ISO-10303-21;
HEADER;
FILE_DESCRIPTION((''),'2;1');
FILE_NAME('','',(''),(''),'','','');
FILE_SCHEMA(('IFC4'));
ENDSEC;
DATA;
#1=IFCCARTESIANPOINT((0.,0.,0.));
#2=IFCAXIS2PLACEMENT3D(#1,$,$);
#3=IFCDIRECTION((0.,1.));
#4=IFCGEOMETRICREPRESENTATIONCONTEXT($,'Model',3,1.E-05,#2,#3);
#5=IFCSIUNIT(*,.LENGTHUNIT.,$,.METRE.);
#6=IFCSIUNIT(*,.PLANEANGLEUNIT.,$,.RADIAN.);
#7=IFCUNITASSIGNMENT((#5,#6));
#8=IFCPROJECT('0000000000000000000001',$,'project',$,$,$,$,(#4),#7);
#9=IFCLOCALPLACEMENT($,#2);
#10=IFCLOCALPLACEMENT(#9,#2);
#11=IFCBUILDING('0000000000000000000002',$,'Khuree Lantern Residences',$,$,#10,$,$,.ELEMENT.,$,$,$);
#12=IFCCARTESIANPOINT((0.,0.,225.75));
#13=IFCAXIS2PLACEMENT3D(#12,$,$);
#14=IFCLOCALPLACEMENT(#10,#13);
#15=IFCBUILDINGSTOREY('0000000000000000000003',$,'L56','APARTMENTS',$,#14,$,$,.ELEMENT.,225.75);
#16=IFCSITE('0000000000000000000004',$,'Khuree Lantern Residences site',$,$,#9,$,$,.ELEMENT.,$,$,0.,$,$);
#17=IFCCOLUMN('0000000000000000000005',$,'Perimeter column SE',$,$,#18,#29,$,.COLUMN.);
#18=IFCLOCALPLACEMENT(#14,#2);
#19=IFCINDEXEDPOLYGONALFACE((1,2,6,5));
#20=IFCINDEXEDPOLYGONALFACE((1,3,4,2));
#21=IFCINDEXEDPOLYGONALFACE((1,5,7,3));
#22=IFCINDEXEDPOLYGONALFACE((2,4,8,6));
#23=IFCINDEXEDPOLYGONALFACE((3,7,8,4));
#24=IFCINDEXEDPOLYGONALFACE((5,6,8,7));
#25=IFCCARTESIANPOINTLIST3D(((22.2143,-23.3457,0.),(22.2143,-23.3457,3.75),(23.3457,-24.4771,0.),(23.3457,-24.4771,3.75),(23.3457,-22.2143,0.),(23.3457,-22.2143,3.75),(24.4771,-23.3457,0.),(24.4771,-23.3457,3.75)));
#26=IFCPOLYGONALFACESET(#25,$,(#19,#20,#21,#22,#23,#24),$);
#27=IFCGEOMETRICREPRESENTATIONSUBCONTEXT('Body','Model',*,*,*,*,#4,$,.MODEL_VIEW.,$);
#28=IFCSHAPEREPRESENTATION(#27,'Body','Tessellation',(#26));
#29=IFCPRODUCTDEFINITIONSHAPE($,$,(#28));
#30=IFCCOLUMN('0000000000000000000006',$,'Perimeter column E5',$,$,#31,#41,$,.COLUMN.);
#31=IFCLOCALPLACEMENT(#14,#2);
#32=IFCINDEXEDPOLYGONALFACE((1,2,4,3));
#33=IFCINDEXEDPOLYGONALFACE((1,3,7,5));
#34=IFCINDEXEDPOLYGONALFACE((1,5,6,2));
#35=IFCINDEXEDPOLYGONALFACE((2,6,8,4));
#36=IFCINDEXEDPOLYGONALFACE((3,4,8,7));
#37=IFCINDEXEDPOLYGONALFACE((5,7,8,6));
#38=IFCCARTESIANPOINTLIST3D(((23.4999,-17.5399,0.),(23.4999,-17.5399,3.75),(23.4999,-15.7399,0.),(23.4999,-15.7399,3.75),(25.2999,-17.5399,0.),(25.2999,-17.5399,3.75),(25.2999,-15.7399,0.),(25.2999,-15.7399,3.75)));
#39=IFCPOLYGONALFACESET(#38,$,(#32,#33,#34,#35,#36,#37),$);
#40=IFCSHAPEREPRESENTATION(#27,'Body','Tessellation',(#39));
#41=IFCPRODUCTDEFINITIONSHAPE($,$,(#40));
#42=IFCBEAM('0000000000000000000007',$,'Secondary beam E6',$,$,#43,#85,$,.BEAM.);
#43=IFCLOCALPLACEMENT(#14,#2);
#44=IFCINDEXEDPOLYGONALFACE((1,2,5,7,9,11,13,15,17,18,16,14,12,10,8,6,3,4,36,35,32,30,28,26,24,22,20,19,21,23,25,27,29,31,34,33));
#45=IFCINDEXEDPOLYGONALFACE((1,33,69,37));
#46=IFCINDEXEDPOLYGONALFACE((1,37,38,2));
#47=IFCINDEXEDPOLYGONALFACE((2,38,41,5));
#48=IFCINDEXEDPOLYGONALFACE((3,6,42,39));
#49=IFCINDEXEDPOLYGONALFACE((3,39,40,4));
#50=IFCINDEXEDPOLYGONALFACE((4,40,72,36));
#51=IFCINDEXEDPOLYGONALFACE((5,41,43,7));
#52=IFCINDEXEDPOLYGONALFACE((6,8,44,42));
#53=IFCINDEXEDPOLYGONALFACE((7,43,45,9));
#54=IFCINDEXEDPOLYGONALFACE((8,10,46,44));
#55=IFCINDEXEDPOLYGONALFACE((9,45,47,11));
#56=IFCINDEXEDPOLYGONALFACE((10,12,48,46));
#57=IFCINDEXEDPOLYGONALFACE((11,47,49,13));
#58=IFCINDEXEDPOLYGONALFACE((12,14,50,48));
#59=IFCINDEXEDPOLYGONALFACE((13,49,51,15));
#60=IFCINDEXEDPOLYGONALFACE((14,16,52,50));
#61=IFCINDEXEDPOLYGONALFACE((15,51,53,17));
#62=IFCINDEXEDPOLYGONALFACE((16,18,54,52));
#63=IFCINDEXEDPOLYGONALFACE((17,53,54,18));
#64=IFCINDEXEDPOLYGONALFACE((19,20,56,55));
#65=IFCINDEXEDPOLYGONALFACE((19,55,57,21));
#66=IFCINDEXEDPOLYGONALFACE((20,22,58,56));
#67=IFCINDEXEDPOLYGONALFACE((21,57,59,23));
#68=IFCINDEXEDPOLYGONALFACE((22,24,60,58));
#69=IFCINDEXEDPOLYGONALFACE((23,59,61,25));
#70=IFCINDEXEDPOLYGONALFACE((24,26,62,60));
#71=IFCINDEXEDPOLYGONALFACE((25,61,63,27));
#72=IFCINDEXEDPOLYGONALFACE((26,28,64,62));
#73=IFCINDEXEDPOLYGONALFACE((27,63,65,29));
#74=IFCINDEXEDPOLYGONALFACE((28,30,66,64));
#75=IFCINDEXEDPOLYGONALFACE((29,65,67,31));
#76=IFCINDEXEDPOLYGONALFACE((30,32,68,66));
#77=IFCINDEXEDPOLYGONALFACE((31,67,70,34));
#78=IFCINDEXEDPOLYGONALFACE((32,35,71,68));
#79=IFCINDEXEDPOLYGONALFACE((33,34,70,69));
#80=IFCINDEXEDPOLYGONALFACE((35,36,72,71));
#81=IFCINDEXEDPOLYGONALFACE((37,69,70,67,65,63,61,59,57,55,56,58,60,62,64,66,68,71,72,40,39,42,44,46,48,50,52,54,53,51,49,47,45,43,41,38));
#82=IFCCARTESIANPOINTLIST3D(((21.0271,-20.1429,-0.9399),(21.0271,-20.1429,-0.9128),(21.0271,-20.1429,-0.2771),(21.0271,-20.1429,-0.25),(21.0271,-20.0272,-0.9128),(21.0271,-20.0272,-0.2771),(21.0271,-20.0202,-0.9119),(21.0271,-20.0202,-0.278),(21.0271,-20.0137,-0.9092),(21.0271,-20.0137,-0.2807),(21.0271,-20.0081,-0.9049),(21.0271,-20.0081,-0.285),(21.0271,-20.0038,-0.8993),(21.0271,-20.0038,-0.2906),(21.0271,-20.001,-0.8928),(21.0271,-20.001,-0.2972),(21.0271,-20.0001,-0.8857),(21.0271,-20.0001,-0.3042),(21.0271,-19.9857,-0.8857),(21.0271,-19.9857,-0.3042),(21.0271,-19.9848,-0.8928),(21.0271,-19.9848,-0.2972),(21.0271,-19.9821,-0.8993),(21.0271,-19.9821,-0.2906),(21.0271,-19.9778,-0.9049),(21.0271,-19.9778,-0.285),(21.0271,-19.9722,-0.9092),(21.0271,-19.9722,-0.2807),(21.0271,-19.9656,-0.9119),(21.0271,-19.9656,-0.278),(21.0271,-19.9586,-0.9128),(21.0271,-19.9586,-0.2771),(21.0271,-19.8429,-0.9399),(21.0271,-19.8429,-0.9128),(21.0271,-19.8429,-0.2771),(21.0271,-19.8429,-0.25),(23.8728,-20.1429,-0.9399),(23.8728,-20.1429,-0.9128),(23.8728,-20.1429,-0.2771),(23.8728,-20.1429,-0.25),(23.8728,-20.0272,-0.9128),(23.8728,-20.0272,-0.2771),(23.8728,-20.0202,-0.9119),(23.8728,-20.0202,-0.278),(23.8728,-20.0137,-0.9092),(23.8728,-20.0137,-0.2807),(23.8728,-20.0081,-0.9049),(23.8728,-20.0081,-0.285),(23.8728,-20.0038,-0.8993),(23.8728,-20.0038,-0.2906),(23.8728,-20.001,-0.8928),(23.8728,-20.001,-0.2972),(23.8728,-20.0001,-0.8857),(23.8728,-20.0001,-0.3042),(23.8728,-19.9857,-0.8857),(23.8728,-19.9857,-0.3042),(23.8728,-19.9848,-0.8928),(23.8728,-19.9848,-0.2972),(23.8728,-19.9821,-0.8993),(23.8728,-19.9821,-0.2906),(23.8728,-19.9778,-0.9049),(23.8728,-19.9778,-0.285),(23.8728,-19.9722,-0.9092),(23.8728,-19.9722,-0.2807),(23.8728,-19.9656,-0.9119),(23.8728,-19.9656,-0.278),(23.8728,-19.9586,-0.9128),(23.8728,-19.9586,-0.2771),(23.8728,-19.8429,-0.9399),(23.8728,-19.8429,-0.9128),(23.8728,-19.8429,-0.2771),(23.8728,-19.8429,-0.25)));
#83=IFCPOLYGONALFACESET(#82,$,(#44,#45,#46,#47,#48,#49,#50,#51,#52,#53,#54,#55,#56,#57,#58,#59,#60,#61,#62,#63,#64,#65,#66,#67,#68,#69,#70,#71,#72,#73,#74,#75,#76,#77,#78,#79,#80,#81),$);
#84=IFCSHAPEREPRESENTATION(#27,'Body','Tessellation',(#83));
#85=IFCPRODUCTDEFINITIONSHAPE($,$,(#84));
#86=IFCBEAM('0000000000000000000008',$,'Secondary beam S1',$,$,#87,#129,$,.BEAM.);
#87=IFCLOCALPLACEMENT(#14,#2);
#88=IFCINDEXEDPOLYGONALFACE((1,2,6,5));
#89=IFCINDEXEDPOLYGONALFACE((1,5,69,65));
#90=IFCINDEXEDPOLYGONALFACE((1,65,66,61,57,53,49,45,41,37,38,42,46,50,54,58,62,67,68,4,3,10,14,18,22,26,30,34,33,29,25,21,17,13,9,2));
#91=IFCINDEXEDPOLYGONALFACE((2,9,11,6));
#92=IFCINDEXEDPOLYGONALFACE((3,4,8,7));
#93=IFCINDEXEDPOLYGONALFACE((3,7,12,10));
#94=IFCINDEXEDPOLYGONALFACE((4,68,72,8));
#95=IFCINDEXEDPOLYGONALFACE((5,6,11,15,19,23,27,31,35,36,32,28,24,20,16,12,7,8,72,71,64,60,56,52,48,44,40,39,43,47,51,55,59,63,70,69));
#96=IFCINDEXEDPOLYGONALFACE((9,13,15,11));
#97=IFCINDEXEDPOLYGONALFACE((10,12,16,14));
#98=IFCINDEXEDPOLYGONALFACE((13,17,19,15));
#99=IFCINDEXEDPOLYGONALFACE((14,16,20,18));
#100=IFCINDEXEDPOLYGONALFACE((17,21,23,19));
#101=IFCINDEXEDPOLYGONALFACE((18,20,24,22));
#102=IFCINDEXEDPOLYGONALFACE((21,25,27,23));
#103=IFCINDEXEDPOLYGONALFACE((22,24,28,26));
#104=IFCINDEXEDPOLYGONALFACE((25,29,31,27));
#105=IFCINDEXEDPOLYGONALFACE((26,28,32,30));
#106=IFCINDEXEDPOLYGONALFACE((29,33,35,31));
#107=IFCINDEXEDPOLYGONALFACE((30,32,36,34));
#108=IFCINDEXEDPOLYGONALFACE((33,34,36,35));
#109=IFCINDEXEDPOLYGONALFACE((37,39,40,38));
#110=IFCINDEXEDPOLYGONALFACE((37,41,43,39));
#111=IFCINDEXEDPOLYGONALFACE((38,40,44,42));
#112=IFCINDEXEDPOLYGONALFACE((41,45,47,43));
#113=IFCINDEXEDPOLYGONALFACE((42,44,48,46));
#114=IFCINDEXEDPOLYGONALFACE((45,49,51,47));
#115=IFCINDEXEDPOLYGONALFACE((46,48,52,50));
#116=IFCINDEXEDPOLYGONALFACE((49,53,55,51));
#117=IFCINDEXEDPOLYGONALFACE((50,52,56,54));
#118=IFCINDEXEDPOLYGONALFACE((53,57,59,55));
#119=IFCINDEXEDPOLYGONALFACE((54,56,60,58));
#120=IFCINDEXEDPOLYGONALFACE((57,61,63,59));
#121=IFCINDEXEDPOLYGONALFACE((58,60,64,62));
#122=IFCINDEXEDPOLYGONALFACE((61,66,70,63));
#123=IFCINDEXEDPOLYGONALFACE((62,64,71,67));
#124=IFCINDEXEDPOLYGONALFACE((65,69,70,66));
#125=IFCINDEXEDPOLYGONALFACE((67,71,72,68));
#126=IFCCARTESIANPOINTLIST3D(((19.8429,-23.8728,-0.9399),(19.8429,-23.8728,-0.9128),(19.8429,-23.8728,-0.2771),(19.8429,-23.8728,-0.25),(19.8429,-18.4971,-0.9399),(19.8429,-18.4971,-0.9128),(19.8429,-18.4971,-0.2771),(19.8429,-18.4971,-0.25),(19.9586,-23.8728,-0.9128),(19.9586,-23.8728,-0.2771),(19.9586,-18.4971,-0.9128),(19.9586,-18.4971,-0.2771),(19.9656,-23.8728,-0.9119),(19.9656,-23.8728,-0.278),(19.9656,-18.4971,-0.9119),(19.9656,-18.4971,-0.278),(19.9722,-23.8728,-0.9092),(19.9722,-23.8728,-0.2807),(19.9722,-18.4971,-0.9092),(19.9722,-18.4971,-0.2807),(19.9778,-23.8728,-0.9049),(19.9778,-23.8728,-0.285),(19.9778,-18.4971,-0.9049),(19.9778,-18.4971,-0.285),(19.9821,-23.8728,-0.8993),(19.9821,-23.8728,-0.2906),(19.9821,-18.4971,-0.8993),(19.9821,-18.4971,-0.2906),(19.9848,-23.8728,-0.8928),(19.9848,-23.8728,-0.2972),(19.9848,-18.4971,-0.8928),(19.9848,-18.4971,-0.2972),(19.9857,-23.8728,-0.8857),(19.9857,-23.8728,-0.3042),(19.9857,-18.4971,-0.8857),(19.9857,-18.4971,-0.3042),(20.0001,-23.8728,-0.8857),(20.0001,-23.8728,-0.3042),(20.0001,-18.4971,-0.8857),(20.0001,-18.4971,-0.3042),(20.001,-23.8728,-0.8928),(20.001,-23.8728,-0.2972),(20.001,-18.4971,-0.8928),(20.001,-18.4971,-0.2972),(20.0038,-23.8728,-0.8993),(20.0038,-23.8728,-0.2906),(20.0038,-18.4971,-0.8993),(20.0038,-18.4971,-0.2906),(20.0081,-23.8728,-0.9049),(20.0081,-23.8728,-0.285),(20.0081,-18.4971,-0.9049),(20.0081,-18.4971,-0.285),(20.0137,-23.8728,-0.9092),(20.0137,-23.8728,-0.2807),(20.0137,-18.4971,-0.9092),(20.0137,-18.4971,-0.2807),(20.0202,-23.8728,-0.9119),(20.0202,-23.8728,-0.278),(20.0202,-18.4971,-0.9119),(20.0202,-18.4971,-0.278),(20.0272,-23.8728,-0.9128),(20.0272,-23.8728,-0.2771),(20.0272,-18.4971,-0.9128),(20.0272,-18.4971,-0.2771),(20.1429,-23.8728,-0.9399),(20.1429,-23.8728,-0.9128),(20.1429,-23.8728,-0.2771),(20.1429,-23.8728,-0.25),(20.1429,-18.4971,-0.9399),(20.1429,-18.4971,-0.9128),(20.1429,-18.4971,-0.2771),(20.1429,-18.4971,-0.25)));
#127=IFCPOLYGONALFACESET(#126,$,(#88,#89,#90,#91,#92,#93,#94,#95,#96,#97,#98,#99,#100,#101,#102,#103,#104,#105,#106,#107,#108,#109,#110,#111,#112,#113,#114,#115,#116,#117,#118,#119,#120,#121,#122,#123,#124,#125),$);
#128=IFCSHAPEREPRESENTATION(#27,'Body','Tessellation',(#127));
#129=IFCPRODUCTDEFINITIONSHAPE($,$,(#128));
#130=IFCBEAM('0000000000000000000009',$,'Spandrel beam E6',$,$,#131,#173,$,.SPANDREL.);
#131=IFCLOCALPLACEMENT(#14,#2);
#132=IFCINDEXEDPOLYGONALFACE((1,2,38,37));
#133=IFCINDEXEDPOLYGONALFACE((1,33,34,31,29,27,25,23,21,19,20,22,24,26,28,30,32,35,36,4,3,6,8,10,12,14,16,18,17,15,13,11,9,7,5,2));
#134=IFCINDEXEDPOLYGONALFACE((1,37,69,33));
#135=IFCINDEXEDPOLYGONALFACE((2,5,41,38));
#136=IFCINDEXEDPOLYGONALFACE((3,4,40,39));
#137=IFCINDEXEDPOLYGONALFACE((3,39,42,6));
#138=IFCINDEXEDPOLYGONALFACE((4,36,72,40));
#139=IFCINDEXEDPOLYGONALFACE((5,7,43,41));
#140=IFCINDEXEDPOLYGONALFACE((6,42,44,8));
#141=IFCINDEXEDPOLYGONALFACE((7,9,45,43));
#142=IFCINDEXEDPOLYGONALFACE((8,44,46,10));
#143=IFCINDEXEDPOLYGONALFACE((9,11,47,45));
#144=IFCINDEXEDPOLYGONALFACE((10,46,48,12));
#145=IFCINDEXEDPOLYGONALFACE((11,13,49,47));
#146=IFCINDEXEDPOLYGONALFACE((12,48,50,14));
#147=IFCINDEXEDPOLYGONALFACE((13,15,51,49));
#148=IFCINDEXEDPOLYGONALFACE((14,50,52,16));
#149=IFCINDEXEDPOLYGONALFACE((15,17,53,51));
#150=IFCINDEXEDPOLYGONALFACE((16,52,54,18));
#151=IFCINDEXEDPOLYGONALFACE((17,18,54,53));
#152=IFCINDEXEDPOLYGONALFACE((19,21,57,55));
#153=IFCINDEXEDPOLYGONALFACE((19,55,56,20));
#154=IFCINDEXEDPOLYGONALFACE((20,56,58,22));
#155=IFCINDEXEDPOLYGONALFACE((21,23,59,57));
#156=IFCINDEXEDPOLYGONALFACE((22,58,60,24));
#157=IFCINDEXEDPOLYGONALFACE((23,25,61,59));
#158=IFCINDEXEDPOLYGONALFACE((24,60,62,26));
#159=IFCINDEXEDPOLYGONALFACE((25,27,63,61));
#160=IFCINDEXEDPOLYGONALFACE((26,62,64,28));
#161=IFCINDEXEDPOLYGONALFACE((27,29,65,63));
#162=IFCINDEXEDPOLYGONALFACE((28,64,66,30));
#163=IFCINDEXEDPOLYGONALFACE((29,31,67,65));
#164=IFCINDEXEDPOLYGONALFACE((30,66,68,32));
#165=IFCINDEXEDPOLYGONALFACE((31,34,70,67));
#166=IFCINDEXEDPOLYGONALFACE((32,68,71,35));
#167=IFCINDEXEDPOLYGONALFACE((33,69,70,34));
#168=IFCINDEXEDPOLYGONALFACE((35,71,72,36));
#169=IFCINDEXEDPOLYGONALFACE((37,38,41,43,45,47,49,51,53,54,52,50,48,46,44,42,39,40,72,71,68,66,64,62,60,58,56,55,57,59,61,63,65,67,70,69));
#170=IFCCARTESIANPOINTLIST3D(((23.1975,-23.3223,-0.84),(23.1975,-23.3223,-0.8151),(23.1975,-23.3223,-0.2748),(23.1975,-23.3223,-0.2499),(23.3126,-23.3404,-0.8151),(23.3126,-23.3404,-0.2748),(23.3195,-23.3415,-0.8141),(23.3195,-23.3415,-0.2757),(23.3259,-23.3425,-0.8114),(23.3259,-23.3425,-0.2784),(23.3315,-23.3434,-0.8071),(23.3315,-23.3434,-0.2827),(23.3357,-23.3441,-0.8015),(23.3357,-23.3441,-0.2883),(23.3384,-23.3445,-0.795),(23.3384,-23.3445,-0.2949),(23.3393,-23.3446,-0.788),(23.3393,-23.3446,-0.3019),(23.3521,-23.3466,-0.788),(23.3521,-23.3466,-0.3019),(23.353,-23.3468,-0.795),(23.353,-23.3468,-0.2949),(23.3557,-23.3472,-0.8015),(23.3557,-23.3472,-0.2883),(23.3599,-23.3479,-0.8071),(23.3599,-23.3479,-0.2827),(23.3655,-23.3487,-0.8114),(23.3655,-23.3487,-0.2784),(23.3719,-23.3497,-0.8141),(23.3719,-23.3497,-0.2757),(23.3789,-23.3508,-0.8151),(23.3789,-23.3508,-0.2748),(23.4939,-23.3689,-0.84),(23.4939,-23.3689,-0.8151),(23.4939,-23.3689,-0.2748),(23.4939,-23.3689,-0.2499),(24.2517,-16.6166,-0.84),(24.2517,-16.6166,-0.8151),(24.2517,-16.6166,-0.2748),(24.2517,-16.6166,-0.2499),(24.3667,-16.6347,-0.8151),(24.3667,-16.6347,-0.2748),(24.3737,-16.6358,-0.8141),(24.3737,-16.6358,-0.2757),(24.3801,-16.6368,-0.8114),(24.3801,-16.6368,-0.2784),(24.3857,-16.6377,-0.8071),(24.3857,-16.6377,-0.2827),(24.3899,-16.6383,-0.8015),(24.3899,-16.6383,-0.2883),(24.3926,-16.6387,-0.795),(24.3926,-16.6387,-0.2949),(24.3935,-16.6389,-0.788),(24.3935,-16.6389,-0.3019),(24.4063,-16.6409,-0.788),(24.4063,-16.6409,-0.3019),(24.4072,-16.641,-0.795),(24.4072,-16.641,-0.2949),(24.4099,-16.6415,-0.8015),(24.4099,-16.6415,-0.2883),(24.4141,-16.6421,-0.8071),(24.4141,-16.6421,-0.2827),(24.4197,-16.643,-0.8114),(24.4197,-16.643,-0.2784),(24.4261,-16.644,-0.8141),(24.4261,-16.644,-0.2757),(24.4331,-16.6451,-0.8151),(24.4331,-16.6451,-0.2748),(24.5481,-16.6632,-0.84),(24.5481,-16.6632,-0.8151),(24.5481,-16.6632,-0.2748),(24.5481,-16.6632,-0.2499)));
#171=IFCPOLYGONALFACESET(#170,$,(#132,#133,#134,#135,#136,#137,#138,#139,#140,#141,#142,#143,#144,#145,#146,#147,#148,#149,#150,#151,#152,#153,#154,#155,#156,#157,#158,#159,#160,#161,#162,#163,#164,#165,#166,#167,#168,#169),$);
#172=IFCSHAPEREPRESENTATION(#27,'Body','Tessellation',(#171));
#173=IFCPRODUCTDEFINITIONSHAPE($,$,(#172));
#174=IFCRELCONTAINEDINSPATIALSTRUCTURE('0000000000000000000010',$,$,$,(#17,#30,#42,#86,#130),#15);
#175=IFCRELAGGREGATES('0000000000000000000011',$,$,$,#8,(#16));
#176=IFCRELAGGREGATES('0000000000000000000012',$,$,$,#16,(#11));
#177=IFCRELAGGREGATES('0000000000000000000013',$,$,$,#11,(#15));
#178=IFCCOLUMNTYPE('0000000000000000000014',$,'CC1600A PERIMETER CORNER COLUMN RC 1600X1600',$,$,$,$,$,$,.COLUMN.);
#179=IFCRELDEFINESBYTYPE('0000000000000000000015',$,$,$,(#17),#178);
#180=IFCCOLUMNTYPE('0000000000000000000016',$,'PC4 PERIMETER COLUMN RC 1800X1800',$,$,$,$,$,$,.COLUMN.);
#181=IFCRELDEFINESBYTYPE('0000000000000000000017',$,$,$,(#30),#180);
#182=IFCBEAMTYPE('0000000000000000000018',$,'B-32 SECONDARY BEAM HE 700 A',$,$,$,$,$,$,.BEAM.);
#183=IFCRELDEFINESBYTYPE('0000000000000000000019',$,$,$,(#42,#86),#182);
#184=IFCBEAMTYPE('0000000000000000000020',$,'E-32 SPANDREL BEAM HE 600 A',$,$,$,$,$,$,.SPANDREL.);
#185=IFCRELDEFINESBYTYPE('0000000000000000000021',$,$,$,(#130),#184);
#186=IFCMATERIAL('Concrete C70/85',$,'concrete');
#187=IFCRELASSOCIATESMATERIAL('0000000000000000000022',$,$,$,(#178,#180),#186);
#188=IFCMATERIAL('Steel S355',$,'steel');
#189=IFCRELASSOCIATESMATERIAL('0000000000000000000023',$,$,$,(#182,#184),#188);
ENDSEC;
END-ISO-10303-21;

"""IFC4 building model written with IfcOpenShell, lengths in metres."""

from ifc_helpers import new_model, si_unit, direction, frame, origin, origin_2d, place, context, subcontext, project, spatial, rectangle, i_section, extrude, material, material_profile, profile_set, type_object, element, save


model = new_model("IFC4")

# Units and contexts
model_context = context("Model", 3, precision=1e-05, world=origin(), true_north=direction((0.0, 1.0)))
body_context = subcontext(model_context, "Body", "Model", "MODEL_VIEW")
ifc_project = project(units=[si_unit("LENGTHUNIT", "METRE"), si_unit("PLANEANGLEUNIT", "RADIAN")], contexts=[model_context])

# Site, building, storey
site_placement = place(None, origin())
site = spatial("IfcSite", under=ifc_project, at=site_placement, Name="Khuree Lantern Residences site", CompositionType="ELEMENT", RefElevation=0.0)
building_placement = place(site_placement, origin())
building = spatial("IfcBuilding", under=site, at=building_placement, Name="Khuree Lantern Residences", CompositionType="ELEMENT")
storey_placement = place(building_placement, frame((0.0, 0.0, 225.75)))
storey = spatial("IfcBuildingStorey", under=building, at=storey_placement, Name="L56", Description="APARTMENTS", CompositionType="ELEMENT", Elevation=225.75)

# Columns
ifc_material_1 = material(Name="Concrete C70/85", Category="concrete")
ifc_material_profile_1 = material_profile(ifc_material_1, rectangle(XDim=1.6001, YDim=1.6001, at=origin_2d()), Name="RC 1600X1600")
ifc_profile_set_1 = profile_set([ifc_material_profile_1], Name="Concrete C70/85")
column_type_1 = type_object("IfcColumnType", Name="CC1600A PERIMETER CORNER COLUMN RC 1600X1600", PredefinedType="COLUMN", material=ifc_profile_set_1)
column_1_placement = place(storey_placement, frame((23.3457, -23.3457, 0.0), z_axis=(0.0, 0.0, 1.0), x_axis=(0.707107, 0.707107, 0.0)))
element("IfcColumn", 1, at=column_1_placement, inside=storey, type_object=column_type_1, Name="Perimeter column SE", PredefinedType="COLUMN", context=body_context, shape_type="SweptSolid", body=[
    extrude(rectangle(XDim=1.6001, YDim=1.6001, at=origin_2d()), origin(), (0.0, 0.0, 1.0), 3.75),
])
ifc_material_profile_2 = material_profile(ifc_material_1, rectangle(XDim=1.8, YDim=1.8, at=origin_2d()), Name="RC 1800X1800")
ifc_profile_set_2 = profile_set([ifc_material_profile_2], Name="Concrete C70/85")
column_type_2 = type_object("IfcColumnType", Name="PC4 PERIMETER COLUMN RC 1800X1800", PredefinedType="COLUMN", material=ifc_profile_set_2)
column_2_placement = place(storey_placement, frame((24.3999, -16.6399, 0.0), z_axis=(0.0, 0.0, 1.0), x_axis=(0.0, 1.0, 0.0)))
element("IfcColumn", 2, at=column_2_placement, inside=storey, type_object=column_type_2, Name="Perimeter column E5", PredefinedType="COLUMN", context=body_context, shape_type="SweptSolid", body=[
    extrude(rectangle(XDim=1.8, YDim=1.8, at=origin_2d()), origin(), (0.0, 0.0, 1.0), 3.75),
])

# Beams
ifc_material_2 = material(Name="Steel S355", Category="steel")
ifc_material_profile_3 = material_profile(ifc_material_2, i_section(OverallWidth=0.3, OverallDepth=0.6899, WebThickness=0.0144, FlangeThickness=0.0271, FilletRadius=0.0271, at=origin_2d()), Name="HE 700 A")
ifc_profile_set_3 = profile_set([ifc_material_profile_3], Name="Steel S355")
beam_type_1 = type_object("IfcBeamType", Name="B-32 SECONDARY BEAM HE 700 A", PredefinedType="BEAM", material=ifc_profile_set_3)
beam_1_placement = place(storey_placement, frame((23.8728, -19.9929, -0.595), z_axis=(-1.0, 0.0, 0.0), x_axis=(0.0, -1.0, 0.0)))
element("IfcBeam", 3, at=beam_1_placement, inside=storey, type_object=beam_type_1, Name="Secondary beam E6", PredefinedType="BEAM", context=body_context, shape_type="SweptSolid", body=[
    extrude(i_section(OverallWidth=0.3, OverallDepth=0.6899, WebThickness=0.0144, FlangeThickness=0.0271, FilletRadius=0.0271, at=origin_2d()), origin(), (0.0, 0.0, 1.0), 2.8457),
])
beam_2_placement = place(storey_placement, frame((19.9929, -23.8728, -0.595), z_axis=(0.0, 1.0, 0.0), x_axis=(-1.0, 0.0, 0.0)))
element("IfcBeam", 4, at=beam_2_placement, inside=storey, type_object=beam_type_1, Name="Secondary beam S1", PredefinedType="BEAM", context=body_context, shape_type="SweptSolid", body=[
    extrude(i_section(OverallWidth=0.3, OverallDepth=0.6899, WebThickness=0.0144, FlangeThickness=0.0271, FilletRadius=0.0271, at=origin_2d()), origin(), (0.0, 0.0, 1.0), 5.3757),
])
ifc_material_profile_4 = material_profile(ifc_material_2, i_section(OverallWidth=0.3, OverallDepth=0.5901, WebThickness=0.0129, FlangeThickness=0.0249, FilletRadius=0.0271, at=origin_2d()), Name="HE 600 A")
ifc_profile_set_4 = profile_set([ifc_material_profile_4], Name="Steel S355")
beam_type_2 = type_object("IfcBeamType", Name="E-32 SPANDREL BEAM HE 600 A", PredefinedType="SPANDREL", material=ifc_profile_set_4)
for number, where, z_axis, x_axis, name in (
    (5, (24.3999, -16.6399, -0.5449), (-0.1553, -0.987867, 0.0), (0.987867, -0.1553, 0.0), "Spandrel beam E6"),
):
    element("IfcBeam", number, at=place(storey_placement, frame(where, z_axis=z_axis, x_axis=x_axis)), inside=storey, type_object=beam_type_2, Name=name, PredefinedType="SPANDREL", context=body_context, shape_type="SweptSolid", body=[
        extrude(i_section(OverallWidth=0.3, OverallDepth=0.5901, WebThickness=0.0129, FlangeThickness=0.0249, FilletRadius=0.0271, at=origin_2d()), origin(), (0.0, 0.0, 1.0), 6.7881),
    ])

save(model, "model.ifc")
